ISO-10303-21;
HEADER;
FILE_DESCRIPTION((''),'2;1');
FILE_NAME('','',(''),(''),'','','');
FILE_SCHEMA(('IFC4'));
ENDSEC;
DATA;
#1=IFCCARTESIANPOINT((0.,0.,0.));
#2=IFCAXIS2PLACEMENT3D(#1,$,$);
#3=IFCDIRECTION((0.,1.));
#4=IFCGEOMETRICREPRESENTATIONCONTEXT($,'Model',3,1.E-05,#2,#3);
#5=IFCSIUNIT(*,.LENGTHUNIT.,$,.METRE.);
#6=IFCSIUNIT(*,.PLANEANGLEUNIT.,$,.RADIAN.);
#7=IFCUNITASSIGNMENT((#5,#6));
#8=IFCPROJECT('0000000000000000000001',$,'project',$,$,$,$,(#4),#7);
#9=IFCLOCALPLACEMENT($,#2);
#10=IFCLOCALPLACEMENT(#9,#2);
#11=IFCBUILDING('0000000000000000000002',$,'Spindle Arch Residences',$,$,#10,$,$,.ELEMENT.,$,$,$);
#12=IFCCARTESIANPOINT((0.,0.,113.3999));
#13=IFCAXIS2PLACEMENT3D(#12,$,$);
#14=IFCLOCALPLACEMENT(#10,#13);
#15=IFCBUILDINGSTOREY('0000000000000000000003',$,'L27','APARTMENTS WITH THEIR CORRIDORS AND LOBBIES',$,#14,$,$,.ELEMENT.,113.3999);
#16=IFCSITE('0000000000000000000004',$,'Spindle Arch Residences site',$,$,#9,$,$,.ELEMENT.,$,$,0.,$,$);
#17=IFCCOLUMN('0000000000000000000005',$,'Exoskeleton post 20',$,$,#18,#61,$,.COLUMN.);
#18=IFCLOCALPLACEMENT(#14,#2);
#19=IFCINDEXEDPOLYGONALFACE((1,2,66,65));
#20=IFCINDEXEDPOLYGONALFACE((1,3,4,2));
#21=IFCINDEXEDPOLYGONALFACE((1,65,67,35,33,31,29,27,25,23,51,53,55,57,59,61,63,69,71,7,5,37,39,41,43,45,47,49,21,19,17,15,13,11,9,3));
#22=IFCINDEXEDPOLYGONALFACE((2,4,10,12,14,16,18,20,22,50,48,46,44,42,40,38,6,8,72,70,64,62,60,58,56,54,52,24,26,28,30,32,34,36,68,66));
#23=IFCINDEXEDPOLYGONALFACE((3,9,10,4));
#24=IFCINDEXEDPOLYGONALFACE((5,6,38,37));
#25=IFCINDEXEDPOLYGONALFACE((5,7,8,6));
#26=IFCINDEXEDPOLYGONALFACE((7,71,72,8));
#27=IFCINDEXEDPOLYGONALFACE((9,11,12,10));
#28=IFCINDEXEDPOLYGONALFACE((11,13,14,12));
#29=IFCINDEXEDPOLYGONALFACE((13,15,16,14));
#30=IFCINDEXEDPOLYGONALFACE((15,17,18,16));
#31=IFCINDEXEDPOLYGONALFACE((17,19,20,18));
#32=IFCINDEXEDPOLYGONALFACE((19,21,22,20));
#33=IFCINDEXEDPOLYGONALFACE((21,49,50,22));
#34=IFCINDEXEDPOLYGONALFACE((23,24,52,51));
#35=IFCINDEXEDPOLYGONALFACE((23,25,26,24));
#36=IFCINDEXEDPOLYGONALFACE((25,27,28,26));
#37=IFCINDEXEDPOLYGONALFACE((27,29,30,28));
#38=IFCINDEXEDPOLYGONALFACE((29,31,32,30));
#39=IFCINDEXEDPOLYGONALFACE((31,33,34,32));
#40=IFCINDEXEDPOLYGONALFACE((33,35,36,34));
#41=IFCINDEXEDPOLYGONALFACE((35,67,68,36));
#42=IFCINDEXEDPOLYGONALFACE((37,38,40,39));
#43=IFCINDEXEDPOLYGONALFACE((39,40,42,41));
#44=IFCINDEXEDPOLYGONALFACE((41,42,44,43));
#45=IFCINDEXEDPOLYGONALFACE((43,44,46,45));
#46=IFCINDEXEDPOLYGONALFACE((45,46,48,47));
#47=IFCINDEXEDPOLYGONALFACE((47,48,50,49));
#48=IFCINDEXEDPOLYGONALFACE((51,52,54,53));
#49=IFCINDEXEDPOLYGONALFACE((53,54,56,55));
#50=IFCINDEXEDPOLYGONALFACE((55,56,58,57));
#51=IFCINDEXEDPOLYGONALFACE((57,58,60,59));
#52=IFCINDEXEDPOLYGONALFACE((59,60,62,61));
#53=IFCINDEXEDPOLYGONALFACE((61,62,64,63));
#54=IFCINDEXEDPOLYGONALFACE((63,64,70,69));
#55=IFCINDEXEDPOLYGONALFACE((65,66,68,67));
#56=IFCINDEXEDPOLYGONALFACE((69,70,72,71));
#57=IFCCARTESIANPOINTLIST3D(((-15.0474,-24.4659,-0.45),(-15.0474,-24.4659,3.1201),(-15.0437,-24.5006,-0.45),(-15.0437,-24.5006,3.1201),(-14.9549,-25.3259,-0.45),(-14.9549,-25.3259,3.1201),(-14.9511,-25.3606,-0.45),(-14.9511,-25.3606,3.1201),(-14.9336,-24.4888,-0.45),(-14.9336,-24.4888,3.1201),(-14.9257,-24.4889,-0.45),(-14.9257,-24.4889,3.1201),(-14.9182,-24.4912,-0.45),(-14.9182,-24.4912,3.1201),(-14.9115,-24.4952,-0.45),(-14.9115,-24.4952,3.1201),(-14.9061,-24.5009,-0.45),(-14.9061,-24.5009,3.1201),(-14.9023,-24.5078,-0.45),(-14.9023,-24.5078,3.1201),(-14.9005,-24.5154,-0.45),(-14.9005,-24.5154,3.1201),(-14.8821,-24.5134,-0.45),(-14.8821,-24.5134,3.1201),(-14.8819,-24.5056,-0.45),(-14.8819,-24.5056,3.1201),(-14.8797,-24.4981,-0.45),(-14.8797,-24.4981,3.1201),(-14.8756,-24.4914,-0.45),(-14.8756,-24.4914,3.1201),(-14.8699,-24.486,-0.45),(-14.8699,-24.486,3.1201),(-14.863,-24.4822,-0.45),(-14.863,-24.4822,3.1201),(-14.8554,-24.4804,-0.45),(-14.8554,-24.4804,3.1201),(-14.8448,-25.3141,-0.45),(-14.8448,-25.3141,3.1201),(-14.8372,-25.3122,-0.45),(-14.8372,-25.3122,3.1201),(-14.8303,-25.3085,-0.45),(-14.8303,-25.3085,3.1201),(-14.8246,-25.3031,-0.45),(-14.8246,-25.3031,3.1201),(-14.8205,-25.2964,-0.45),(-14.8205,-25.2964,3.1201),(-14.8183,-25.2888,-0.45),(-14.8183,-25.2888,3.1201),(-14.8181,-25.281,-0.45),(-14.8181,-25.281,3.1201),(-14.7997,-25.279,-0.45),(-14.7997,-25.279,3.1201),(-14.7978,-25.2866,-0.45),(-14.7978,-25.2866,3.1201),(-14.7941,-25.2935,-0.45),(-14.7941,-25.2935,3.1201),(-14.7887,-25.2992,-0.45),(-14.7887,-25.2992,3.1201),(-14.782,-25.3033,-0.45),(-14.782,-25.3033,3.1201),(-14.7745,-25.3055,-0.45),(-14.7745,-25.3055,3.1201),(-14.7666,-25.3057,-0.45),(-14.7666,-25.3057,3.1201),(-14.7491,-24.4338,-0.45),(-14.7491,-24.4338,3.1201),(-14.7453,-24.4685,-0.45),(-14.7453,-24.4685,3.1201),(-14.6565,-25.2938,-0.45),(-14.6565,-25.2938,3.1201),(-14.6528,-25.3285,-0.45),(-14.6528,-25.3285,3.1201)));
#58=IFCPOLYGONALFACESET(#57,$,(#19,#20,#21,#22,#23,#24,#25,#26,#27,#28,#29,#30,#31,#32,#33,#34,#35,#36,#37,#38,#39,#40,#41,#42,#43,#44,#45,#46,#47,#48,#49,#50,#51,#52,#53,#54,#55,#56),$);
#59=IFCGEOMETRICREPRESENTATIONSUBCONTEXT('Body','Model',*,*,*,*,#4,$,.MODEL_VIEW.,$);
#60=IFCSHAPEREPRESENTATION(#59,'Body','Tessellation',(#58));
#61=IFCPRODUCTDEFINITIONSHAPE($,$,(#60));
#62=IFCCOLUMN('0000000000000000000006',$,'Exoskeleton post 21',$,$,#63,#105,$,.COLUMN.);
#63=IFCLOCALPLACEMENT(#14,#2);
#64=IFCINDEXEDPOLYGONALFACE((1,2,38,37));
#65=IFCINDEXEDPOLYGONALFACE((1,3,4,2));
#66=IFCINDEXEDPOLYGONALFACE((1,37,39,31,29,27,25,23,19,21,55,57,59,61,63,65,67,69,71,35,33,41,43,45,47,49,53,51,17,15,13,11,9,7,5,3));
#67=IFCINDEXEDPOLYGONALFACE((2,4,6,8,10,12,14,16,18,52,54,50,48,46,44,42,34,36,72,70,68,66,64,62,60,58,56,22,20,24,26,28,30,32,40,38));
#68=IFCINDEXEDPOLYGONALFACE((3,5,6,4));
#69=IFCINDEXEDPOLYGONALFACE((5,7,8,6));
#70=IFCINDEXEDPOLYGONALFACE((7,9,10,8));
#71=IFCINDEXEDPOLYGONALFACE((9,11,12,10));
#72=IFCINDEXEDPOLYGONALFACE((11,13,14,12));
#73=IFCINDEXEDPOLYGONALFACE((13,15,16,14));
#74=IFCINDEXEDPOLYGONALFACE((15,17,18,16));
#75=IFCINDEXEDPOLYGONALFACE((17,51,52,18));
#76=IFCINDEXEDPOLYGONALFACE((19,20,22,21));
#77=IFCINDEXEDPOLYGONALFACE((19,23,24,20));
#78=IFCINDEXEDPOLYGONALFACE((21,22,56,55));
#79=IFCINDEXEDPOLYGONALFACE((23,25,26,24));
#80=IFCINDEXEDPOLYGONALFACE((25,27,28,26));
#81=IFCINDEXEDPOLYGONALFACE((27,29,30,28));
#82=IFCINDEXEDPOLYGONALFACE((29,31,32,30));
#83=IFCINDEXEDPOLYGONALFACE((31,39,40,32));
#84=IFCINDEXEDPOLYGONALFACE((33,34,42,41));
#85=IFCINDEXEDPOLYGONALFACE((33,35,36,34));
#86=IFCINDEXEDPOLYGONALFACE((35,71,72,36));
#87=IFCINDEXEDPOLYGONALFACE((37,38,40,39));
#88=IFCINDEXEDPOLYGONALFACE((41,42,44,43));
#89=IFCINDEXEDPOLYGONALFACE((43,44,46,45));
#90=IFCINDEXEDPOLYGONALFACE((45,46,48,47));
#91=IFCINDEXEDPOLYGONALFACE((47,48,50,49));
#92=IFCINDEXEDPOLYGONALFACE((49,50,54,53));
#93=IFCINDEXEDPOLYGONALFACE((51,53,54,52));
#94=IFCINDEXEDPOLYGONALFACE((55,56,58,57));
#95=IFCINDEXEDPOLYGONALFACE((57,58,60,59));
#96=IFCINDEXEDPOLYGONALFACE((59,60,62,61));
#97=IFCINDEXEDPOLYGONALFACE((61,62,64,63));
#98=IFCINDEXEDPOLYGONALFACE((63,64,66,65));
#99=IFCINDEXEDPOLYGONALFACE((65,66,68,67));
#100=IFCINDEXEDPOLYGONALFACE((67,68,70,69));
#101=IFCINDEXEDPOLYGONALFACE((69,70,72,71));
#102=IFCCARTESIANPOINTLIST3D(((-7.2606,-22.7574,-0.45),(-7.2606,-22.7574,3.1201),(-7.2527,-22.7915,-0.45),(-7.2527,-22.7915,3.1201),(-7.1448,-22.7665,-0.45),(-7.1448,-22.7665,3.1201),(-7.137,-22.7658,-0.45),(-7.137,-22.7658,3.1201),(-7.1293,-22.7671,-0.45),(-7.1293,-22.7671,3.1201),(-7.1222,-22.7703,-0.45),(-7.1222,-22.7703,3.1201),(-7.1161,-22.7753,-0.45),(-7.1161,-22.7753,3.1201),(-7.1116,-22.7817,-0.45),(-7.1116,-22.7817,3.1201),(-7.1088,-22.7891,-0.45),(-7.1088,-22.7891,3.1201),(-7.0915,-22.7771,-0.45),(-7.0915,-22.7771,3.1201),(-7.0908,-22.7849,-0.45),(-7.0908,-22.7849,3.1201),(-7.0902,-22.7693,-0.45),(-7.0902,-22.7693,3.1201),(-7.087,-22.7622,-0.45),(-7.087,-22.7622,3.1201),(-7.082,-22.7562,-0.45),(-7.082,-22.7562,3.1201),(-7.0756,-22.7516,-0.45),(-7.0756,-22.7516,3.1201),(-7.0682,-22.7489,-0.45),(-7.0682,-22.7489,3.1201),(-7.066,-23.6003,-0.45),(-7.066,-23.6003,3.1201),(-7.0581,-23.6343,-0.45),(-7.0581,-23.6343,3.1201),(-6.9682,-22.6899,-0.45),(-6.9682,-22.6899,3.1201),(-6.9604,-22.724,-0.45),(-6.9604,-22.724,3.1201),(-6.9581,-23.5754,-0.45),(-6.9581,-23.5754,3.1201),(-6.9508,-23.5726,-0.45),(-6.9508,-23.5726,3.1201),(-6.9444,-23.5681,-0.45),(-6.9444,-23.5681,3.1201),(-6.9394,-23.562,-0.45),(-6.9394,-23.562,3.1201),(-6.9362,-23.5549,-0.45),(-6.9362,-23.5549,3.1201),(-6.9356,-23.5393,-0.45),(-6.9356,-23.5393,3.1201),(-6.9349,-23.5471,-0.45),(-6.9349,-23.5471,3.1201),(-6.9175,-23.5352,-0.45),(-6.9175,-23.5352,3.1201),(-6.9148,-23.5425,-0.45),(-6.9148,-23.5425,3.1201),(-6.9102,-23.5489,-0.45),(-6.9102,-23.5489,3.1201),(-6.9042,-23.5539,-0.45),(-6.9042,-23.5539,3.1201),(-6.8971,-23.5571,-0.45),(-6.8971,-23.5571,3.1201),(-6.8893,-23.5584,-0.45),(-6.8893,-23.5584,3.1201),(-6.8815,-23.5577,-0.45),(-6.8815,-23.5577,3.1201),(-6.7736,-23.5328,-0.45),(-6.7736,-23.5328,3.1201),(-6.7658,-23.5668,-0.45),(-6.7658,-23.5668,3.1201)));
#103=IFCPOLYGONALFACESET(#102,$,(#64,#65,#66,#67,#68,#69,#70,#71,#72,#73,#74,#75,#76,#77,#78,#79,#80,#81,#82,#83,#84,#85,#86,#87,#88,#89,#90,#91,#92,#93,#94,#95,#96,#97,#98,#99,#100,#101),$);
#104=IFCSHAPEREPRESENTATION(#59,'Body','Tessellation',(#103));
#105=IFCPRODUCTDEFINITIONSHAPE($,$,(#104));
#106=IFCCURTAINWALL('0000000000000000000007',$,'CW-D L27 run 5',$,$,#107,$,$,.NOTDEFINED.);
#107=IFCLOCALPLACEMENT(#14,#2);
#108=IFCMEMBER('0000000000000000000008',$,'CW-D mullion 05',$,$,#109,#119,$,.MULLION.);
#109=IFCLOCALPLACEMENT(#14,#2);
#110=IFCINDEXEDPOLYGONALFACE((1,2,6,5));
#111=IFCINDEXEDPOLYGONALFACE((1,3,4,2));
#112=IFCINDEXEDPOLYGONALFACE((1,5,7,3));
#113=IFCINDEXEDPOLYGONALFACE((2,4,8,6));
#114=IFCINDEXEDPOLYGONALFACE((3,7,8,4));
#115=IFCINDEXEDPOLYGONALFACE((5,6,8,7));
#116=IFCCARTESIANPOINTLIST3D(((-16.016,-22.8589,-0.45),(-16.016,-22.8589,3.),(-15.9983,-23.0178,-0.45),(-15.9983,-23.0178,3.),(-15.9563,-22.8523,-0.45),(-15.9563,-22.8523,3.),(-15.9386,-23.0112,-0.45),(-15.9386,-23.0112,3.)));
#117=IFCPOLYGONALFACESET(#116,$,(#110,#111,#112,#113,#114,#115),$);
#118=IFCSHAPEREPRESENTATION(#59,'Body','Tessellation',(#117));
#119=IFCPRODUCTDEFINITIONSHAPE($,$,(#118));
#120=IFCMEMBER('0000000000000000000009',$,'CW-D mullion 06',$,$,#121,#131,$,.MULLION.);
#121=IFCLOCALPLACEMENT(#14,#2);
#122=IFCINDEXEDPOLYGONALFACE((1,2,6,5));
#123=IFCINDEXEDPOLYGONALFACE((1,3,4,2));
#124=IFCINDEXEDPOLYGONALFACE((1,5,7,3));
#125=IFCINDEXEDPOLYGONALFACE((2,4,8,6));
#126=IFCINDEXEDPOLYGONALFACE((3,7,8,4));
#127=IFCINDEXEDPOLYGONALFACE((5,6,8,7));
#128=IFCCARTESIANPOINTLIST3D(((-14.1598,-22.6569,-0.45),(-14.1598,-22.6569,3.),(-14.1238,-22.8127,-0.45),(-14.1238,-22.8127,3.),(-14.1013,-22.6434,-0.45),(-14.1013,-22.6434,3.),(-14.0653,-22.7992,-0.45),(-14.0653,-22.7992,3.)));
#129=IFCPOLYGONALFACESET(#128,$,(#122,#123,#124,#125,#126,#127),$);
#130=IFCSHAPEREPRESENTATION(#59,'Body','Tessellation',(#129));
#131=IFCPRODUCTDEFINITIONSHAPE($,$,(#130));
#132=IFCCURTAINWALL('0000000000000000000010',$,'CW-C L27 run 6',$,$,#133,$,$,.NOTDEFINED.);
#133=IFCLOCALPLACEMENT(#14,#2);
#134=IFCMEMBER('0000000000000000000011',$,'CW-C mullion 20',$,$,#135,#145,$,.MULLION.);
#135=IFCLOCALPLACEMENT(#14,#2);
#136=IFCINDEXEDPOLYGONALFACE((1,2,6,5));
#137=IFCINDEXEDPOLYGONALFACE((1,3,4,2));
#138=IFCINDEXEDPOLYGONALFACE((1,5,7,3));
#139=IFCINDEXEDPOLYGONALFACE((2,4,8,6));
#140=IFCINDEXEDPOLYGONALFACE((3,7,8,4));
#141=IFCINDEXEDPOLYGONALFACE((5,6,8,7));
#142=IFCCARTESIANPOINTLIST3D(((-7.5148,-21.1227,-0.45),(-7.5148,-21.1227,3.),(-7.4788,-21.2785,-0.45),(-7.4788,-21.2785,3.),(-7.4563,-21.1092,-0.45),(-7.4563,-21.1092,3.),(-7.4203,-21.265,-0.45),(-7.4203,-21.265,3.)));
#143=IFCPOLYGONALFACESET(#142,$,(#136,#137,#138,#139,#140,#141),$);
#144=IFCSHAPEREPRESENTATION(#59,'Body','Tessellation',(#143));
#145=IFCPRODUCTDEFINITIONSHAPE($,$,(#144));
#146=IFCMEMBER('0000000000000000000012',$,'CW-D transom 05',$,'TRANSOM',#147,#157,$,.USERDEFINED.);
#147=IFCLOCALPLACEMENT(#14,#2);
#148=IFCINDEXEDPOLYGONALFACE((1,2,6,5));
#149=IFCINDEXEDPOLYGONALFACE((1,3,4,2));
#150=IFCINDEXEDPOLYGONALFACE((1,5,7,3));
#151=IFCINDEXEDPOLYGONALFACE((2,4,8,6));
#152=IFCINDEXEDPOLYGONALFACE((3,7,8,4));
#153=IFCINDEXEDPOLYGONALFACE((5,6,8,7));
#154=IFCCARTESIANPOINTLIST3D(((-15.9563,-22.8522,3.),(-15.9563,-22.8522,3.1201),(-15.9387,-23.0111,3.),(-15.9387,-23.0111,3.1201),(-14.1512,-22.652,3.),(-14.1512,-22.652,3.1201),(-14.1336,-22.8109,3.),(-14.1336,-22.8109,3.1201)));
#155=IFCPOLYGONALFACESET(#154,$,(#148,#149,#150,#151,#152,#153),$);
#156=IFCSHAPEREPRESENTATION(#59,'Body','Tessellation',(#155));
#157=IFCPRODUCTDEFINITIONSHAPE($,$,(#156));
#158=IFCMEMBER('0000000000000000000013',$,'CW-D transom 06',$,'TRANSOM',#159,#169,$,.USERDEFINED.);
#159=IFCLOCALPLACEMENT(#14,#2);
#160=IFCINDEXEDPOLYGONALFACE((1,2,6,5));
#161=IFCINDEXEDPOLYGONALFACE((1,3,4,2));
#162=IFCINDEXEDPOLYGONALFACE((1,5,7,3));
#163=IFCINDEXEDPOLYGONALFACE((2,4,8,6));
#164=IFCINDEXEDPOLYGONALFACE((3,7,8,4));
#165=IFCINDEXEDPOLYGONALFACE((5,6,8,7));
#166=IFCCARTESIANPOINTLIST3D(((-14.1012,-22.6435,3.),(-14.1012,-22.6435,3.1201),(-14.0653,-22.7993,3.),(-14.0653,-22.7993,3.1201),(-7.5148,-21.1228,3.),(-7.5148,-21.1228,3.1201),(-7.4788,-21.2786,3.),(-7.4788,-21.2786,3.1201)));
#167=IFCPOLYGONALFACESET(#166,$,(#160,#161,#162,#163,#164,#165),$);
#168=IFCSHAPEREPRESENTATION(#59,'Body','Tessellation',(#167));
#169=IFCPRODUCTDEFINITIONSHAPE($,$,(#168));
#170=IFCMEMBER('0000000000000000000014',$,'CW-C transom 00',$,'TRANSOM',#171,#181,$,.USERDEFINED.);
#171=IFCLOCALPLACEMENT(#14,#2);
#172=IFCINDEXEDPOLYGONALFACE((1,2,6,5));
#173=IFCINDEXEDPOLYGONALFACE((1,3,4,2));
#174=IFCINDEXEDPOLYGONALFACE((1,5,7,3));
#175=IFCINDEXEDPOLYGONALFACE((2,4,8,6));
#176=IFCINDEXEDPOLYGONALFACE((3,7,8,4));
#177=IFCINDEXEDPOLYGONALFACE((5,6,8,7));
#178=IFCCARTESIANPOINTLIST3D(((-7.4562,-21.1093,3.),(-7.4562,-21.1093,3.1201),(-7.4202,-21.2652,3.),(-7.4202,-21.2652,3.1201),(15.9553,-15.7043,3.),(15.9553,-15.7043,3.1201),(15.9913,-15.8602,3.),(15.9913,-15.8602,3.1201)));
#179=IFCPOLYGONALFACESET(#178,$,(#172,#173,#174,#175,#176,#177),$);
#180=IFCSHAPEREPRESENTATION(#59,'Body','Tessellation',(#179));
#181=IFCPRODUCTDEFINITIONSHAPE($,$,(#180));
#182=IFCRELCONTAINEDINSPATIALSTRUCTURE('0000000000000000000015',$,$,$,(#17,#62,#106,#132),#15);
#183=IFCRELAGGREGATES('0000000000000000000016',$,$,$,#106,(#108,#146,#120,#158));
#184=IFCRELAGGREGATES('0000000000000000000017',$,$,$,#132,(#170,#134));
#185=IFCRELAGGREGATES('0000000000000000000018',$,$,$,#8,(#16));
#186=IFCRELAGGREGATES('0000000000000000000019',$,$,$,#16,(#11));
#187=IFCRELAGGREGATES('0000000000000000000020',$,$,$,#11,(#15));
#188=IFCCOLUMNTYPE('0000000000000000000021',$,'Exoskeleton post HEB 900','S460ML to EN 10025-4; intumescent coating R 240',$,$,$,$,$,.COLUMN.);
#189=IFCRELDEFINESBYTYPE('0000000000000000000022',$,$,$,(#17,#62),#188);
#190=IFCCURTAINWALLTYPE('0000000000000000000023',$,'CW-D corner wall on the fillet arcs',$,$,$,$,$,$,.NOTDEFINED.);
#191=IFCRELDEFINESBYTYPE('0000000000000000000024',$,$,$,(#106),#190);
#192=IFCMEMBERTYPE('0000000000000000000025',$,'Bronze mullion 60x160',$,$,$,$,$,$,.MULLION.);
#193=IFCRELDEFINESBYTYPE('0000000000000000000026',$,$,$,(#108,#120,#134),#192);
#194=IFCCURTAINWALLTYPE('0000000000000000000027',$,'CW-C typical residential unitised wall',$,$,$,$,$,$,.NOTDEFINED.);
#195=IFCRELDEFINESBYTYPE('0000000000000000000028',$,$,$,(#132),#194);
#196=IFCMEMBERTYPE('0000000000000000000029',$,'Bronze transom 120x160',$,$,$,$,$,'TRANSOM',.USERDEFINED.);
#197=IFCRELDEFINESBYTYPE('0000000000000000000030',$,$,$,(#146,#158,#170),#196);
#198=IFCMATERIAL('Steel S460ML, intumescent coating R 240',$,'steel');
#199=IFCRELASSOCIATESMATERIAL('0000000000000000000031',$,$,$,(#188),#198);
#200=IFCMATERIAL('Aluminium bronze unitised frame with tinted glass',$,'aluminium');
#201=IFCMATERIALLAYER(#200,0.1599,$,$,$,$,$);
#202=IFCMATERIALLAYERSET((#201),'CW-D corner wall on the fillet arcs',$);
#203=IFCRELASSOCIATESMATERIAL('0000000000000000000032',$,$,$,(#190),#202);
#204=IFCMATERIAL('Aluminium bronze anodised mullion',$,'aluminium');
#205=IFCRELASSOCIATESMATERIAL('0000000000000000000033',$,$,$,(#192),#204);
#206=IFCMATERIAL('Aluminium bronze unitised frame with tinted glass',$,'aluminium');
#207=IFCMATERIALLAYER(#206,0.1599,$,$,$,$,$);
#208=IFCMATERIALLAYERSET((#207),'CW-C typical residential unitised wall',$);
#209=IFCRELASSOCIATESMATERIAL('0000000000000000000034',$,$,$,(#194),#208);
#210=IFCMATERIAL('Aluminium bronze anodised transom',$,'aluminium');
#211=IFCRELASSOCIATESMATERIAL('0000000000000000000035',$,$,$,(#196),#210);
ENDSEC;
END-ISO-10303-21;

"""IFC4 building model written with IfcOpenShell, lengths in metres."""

from ifc_helpers import new_model, si_unit, direction, frame, origin, origin_2d, place, context, subcontext, project, spatial, rectangle, i_section, extrude, material, layer, layer_set, material_profile, profile_set, type_object, element, aggregate, save


model = new_model("IFC4")

# Units and contexts
model_context = context("Model", 3, precision=1e-05, world=origin(), true_north=direction((0.0, 1.0)))
body_context = subcontext(model_context, "Body", "Model", "MODEL_VIEW")
ifc_project = project(units=[si_unit("LENGTHUNIT", "METRE"), si_unit("PLANEANGLEUNIT", "RADIAN")], contexts=[model_context])

# Site, building, storey
site_placement = place(None, origin())
site = spatial("IfcSite", under=ifc_project, at=site_placement, Name="Spindle Arch Residences site", CompositionType="ELEMENT", RefElevation=0.0)
building_placement = place(site_placement, origin())
building = spatial("IfcBuilding", under=site, at=building_placement, Name="Spindle Arch Residences", CompositionType="ELEMENT")
storey_placement = place(building_placement, frame((0.0, 0.0, 113.3999)))
storey = spatial("IfcBuildingStorey", under=building, at=storey_placement, Name="L27", Description="APARTMENTS WITH THEIR CORRIDORS AND LOBBIES", CompositionType="ELEMENT", Elevation=113.3999)

# Columns
ifc_material_1 = material(Name="Steel S460ML, intumescent coating R 240", Category="steel")
ifc_material_profile_1 = material_profile(ifc_material_1, i_section(OverallWidth=0.3, OverallDepth=0.8999, WebThickness=0.0186, FlangeThickness=0.0349, FilletRadius=0.03, at=origin_2d()), Name="HEB 900")
ifc_profile_set_1 = profile_set([ifc_material_profile_1], Name="Steel S460ML, intumescent coating R 240")
column_type = type_object("IfcColumnType", Name="Exoskeleton post HEB 900", Description="S460ML to EN 10025-4; intumescent coating R 240", PredefinedType="COLUMN", material=ifc_profile_set_1)
for number, where, z_axis, x_axis, name in (
    (1, (-14.8501, -24.8972, -0.45), (0.0, 0.0, 1.0), (-0.994264, -0.106952, 0.0), "Exoskeleton post 20"),
    (2, (-7.0132, -23.1621, -0.45), (0.0, 0.0, 1.0), (-0.97437, -0.224951, 0.0), "Exoskeleton post 21"),
):
    element("IfcColumn", number, at=place(storey_placement, frame(where, z_axis=z_axis, x_axis=x_axis)), inside=storey, type_object=column_type, Name=name, PredefinedType="COLUMN", context=body_context, shape_type="SweptSolid", body=[
        extrude(i_section(OverallWidth=0.3, OverallDepth=0.8999, WebThickness=0.0186, FlangeThickness=0.0349, FilletRadius=0.03, at=origin_2d()), origin(), (0.0, 0.0, 1.0), 3.5701),
    ])

# Curtain wall, members
ifc_material_2 = material(Name="Aluminium bronze unitised frame with tinted glass", Category="aluminium")
ifc_layer_1 = layer(ifc_material_2, 0.1599)
ifc_layer_set_1 = layer_set([ifc_layer_1], Name="CW-D corner wall on the fillet arcs")
curtain_wall_type_1 = type_object("IfcCurtainWallType", Name="CW-D corner wall on the fillet arcs", PredefinedType="NOTDEFINED", material=ifc_layer_set_1)
curtain_wall_1_placement = place(storey_placement, origin())
curtain_wall_1 = element("IfcCurtainWall", 3, at=curtain_wall_1_placement, inside=storey, type_object=curtain_wall_type_1, Name="CW-D L27 run 5", PredefinedType="NOTDEFINED")
ifc_material_3 = material(Name="Aluminium bronze anodised mullion", Category="aluminium")
ifc_material_profile_2 = material_profile(ifc_material_3, rectangle(XDim=0.1599, YDim=0.0601, at=origin_2d()), Name="MU 60x160")
ifc_profile_set_2 = profile_set([ifc_material_profile_2], Name="Aluminium bronze anodised mullion")
member_type_1 = type_object("IfcMemberType", Name="Bronze mullion 60x160", PredefinedType="MULLION", material=ifc_profile_set_2)
member_1_placement = place(storey_placement, frame((-15.9773, -22.9351, -0.45), z_axis=(0.0, 0.0, 1.0), x_axis=(-0.110313, 0.993897, 0.0)))
member_1 = element("IfcMember", 4, at=member_1_placement, type_object=member_type_1, Name="CW-D mullion 05", PredefinedType="MULLION", context=body_context, shape_type="SweptSolid", body=[
    extrude(rectangle(XDim=0.1599, YDim=0.0601, at=origin_2d()), origin(), (0.0, 0.0, 1.0), 3.45),
])
member_2_placement = place(storey_placement, frame((-14.1125, -22.728, -0.45), z_axis=(0.0, 0.0, 1.0), x_axis=(-0.224951, 0.97437, 0.0)))
member_2 = element("IfcMember", 5, at=member_2_placement, type_object=member_type_1, Name="CW-D mullion 06", PredefinedType="MULLION", context=body_context, shape_type="SweptSolid", body=[
    extrude(rectangle(XDim=0.1599, YDim=0.0601, at=origin_2d()), origin(), (0.0, 0.0, 1.0), 3.45),
])

# Curtain wall, member
ifc_material_4 = material(Name="Aluminium bronze unitised frame with tinted glass", Category="aluminium")
ifc_layer_2 = layer(ifc_material_4, 0.1599)
ifc_layer_set_2 = layer_set([ifc_layer_2], Name="CW-C typical residential unitised wall")
curtain_wall_type_2 = type_object("IfcCurtainWallType", Name="CW-C typical residential unitised wall", PredefinedType="NOTDEFINED", material=ifc_layer_set_2)
curtain_wall_2_placement = place(storey_placement, origin())
curtain_wall_2 = element("IfcCurtainWall", 6, at=curtain_wall_2_placement, inside=storey, type_object=curtain_wall_type_2, Name="CW-C L27 run 6", PredefinedType="NOTDEFINED")
member_3_placement = place(storey_placement, frame((-7.4675, -21.1938, -0.45), z_axis=(0.0, 0.0, 1.0), x_axis=(-0.224951, 0.97437, 0.0)))
member_3 = element("IfcMember", 7, at=member_3_placement, type_object=member_type_1, Name="CW-C mullion 20", PredefinedType="MULLION", context=body_context, shape_type="SweptSolid", body=[
    extrude(rectangle(XDim=0.1599, YDim=0.0601, at=origin_2d()), origin(), (0.0, 0.0, 1.0), 3.45),
])

# Members
ifc_material_5 = material(Name="Aluminium bronze anodised transom", Category="aluminium")
ifc_material_profile_3 = material_profile(ifc_material_5, rectangle(XDim=0.1599, YDim=0.1201, at=origin_2d()), Name="TR 120x160")
ifc_profile_set_3 = profile_set([ifc_material_profile_3], Name="Aluminium bronze anodised transom")
member_type_2 = type_object("IfcMemberType", Name="Bronze transom 120x160", ElementType="TRANSOM", PredefinedType="USERDEFINED", material=ifc_profile_set_3)
member_4_placement = place(storey_placement, frame((-15.9475, -22.9316, 3.0601), z_axis=(0.993907, 0.110225, 0.0), x_axis=(-0.110225, 0.993907, 0.0)))
member_4 = element("IfcMember", 8, at=member_4_placement, type_object=member_type_2, Name="CW-D transom 05", ObjectType="TRANSOM", PredefinedType="USERDEFINED", context=body_context, shape_type="SweptSolid", body=[
    extrude(rectangle(XDim=0.1599, YDim=0.1201, at=origin_2d()), origin(), (0.0, 0.0, 1.0), 1.8162),
])
member_5_placement = place(storey_placement, frame((-14.0833, -22.7214, 3.0601), z_axis=(0.974365, 0.224973, 0.0), x_axis=(-0.224973, 0.974365, 0.0)))
member_5 = element("IfcMember", 9, at=member_5_placement, type_object=member_type_2, Name="CW-D transom 06", ObjectType="TRANSOM", PredefinedType="USERDEFINED", context=body_context, shape_type="SweptSolid", body=[
    extrude(rectangle(XDim=0.1599, YDim=0.1201, at=origin_2d()), origin(), (0.0, 0.0, 1.0), 6.7598),
])
member_6_placement = place(storey_placement, frame((-7.4382, -21.1873, 3.0601), z_axis=(0.97437, 0.224952, 0.0), x_axis=(-0.224952, 0.97437, 0.0)))
member_6 = element("IfcMember", 10, at=member_6_placement, type_object=member_type_2, Name="CW-C transom 00", ObjectType="TRANSOM", PredefinedType="USERDEFINED", context=body_context, shape_type="SweptSolid", body=[
    extrude(rectangle(XDim=0.1599, YDim=0.1201, at=origin_2d()), origin(), (0.0, 0.0, 1.0), 24.0273),
])

aggregate(curtain_wall_1, [member_1, member_4, member_2, member_5])
aggregate(curtain_wall_2, [member_6, member_3])

save(model, "model.ifc")
